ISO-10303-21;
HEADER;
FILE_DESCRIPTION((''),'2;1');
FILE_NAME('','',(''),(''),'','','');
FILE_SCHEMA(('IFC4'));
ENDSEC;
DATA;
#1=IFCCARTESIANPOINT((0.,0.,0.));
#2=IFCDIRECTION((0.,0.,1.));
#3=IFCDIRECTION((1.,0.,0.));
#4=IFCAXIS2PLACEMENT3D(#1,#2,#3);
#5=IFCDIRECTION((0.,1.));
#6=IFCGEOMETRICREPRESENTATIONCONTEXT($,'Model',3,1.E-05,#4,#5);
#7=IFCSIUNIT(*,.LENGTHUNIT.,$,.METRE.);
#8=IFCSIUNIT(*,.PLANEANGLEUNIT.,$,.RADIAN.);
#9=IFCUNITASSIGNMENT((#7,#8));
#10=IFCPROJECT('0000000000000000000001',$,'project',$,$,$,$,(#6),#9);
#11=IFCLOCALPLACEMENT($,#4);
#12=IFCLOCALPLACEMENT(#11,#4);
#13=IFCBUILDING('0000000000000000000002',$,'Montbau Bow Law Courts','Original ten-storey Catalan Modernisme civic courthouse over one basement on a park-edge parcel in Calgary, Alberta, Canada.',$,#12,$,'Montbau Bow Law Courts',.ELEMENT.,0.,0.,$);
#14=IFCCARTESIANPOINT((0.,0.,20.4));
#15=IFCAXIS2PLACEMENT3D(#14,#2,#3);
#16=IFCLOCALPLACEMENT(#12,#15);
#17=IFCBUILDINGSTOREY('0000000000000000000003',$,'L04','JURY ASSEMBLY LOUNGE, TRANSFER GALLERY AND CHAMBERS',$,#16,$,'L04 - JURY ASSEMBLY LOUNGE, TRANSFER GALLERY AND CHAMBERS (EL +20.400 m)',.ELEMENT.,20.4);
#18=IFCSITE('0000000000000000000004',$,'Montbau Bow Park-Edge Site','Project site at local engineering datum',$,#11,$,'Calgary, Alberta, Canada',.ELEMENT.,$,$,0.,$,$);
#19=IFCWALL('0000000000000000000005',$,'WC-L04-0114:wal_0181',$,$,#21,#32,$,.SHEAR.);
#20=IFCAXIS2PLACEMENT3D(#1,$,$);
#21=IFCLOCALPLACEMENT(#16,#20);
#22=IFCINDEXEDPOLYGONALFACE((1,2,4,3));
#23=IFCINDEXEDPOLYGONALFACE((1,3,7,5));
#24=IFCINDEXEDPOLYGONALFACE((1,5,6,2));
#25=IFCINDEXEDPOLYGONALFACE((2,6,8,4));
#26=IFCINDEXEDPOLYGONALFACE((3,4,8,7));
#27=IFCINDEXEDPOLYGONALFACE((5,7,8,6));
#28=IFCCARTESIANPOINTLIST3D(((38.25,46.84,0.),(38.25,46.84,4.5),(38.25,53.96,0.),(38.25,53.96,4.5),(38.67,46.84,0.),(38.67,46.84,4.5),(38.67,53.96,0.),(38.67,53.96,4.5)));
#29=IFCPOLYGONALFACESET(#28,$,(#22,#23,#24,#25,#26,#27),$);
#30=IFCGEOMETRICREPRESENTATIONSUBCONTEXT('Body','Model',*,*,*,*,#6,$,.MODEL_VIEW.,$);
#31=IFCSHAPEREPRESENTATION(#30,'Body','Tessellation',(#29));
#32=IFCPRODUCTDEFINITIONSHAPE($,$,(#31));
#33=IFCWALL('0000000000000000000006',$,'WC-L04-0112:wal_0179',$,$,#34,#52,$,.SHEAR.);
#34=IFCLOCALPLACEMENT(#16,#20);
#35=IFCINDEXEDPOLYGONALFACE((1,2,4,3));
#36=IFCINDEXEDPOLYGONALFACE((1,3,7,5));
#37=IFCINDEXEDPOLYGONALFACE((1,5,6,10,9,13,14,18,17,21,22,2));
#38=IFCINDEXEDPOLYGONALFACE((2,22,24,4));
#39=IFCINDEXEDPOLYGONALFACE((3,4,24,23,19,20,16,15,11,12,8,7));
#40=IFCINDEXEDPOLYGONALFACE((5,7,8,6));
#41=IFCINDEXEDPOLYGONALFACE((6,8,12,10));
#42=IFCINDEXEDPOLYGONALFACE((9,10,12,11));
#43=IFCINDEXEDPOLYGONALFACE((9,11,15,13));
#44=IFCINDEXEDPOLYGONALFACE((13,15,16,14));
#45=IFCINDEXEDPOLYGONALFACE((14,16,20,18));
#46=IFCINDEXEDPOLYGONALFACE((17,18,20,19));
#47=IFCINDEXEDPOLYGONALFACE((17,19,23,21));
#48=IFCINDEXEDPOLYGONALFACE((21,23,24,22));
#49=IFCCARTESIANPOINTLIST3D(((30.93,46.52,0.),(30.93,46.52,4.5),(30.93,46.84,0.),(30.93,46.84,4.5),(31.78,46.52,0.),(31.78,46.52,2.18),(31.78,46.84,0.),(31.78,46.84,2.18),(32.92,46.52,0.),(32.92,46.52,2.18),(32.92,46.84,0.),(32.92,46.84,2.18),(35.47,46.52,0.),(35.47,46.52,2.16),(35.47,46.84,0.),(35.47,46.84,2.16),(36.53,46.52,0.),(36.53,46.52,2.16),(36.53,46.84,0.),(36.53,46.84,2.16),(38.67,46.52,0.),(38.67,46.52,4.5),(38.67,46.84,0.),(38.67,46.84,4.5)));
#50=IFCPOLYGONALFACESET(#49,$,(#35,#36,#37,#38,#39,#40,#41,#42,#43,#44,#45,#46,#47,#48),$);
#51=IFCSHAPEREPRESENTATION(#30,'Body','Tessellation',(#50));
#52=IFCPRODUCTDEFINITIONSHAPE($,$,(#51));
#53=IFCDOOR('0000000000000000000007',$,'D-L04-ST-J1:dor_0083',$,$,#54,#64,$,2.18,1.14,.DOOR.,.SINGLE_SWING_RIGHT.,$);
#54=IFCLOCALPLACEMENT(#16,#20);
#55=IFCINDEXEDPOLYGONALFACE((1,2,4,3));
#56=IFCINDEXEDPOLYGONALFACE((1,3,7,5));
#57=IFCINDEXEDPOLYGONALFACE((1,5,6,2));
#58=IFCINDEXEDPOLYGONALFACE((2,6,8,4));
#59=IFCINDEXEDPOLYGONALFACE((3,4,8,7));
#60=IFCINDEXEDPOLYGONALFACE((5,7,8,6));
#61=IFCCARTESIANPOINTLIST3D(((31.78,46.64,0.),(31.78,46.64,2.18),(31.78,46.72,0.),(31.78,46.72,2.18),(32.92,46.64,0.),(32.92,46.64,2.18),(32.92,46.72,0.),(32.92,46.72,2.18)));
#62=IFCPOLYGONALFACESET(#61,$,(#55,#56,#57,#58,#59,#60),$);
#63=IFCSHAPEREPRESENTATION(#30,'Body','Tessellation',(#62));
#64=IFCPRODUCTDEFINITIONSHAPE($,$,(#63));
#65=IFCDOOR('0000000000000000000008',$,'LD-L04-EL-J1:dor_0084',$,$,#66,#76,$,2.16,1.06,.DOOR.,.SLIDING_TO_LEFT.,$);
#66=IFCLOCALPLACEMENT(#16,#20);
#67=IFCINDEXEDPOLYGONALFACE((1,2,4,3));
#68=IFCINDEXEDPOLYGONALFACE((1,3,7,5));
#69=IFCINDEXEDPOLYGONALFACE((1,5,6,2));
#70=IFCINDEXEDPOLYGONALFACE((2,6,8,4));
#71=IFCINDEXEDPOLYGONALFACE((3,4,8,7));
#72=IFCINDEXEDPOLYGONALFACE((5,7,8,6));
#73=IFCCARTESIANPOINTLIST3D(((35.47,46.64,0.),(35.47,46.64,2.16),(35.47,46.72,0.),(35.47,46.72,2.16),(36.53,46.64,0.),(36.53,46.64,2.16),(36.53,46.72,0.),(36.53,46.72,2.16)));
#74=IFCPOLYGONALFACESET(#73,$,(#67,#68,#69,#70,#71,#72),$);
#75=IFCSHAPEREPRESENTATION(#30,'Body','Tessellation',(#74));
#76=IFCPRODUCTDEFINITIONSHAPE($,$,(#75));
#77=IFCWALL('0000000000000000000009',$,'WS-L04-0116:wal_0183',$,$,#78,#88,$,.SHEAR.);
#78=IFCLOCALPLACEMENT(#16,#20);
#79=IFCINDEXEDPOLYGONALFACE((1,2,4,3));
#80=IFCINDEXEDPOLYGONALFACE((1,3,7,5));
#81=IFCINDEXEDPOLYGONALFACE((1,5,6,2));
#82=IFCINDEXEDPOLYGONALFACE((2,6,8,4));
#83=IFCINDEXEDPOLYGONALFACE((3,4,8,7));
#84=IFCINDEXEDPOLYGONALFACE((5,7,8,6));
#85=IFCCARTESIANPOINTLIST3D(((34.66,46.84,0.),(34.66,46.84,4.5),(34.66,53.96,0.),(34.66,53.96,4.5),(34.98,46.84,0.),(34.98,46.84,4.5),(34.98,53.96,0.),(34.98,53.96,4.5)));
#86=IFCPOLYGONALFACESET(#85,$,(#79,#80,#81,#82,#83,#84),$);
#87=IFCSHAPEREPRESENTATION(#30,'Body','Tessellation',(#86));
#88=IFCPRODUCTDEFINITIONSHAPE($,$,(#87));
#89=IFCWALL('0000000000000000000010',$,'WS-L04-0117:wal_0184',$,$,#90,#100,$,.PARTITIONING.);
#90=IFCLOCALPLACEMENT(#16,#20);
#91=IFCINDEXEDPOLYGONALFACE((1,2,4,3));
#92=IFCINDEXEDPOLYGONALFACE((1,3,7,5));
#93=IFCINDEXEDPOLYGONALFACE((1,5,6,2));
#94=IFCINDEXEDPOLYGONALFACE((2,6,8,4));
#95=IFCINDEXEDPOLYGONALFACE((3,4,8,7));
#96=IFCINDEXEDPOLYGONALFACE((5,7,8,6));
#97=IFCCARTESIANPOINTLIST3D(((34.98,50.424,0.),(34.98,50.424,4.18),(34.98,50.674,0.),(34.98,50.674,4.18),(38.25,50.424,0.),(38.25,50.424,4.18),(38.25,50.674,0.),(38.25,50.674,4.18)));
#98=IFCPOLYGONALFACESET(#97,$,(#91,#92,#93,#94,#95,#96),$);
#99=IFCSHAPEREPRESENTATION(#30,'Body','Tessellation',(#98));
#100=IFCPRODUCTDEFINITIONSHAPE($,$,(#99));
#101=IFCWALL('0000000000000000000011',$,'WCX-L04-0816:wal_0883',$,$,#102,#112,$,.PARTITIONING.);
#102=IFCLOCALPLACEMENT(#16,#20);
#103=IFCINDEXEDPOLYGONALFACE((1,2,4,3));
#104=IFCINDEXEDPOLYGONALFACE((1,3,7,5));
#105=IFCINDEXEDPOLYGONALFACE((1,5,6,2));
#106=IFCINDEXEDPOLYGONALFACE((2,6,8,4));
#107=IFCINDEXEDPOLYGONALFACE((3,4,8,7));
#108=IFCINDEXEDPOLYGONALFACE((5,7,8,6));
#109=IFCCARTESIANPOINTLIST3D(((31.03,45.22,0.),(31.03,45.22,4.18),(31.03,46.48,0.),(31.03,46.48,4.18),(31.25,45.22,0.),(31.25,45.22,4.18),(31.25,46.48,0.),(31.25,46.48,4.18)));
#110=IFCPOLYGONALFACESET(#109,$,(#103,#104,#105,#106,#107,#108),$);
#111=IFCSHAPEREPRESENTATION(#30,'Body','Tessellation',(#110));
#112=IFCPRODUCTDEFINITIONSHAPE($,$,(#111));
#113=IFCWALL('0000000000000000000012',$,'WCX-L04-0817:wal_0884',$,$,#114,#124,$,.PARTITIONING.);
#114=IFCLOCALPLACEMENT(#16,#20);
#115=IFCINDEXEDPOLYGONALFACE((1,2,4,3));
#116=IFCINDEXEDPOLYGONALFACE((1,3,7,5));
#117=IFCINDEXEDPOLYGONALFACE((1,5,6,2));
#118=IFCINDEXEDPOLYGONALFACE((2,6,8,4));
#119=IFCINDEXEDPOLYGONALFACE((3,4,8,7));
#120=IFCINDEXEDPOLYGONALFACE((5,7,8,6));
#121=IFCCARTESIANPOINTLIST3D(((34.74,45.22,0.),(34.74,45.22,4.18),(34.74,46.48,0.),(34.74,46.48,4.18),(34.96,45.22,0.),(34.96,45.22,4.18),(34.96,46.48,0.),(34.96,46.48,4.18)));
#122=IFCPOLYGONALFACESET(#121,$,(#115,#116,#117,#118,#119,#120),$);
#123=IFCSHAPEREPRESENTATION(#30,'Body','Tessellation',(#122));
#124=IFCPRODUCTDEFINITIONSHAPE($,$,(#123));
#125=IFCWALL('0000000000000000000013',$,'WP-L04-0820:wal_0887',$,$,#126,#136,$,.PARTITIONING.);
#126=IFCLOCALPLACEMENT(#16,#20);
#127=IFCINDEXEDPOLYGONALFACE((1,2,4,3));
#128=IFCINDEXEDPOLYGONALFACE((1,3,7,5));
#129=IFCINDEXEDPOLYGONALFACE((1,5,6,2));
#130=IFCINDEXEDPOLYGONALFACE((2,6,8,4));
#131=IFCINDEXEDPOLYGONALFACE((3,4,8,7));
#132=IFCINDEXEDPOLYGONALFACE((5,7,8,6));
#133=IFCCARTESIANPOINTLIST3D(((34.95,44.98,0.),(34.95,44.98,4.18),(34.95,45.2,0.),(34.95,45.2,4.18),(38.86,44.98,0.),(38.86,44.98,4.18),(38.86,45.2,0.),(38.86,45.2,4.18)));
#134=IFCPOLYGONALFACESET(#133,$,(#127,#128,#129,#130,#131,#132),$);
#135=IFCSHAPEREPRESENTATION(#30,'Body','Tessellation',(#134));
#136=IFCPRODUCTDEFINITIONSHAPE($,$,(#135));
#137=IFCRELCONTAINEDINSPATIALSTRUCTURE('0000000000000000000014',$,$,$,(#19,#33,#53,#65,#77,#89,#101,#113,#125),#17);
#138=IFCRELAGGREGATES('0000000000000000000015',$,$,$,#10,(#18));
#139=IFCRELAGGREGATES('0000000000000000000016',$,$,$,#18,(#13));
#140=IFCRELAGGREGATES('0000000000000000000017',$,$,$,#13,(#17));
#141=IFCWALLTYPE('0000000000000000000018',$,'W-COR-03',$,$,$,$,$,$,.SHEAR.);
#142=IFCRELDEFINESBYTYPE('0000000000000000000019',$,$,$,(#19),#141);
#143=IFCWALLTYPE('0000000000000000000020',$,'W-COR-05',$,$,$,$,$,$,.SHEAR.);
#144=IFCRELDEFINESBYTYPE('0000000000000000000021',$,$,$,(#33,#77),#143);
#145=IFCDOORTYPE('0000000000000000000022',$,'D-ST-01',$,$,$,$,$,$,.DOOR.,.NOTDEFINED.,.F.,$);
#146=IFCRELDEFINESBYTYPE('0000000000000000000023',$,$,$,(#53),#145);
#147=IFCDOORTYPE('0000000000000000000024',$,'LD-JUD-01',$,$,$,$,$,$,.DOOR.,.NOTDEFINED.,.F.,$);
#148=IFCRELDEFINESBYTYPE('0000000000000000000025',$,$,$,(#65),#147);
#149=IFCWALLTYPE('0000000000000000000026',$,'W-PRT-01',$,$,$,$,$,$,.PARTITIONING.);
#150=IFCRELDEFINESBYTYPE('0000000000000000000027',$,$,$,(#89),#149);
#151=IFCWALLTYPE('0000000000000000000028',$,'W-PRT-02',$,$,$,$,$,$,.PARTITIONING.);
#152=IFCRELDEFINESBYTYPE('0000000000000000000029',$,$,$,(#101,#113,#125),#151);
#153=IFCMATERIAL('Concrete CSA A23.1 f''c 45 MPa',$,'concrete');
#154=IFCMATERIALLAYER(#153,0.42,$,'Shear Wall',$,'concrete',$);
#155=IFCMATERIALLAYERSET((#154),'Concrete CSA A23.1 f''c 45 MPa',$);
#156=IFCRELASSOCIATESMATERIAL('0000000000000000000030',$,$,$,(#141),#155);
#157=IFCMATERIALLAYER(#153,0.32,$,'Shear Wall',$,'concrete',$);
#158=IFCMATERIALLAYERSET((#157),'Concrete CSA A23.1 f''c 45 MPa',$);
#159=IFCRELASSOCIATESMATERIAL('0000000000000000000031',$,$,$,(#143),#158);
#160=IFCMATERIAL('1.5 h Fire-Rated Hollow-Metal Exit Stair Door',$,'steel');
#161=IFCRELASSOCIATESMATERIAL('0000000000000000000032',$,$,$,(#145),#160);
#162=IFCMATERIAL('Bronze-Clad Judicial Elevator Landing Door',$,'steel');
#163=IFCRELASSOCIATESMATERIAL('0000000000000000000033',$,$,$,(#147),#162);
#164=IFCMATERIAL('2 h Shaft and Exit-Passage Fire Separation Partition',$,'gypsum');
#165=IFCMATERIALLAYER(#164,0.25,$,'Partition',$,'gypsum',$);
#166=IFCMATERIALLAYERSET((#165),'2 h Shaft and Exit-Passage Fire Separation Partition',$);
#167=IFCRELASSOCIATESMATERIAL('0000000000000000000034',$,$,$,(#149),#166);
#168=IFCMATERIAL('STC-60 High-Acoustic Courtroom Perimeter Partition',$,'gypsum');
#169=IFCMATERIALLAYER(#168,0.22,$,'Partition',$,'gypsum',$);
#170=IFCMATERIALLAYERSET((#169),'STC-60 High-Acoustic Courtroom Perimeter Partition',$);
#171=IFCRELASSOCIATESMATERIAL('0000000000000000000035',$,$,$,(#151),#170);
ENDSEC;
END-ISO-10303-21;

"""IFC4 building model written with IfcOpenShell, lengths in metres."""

from ifc_helpers import new_model, si_unit, direction, frame, frame_2d, origin_with_axes, place, context, subcontext, project, spatial, rectangle, extrude, material, layer, layer_set, type_object, element, fill, save


model = new_model("IFC4")

# Units and contexts
model_context = context("Model", 3, precision=1e-05, world=origin_with_axes(), true_north=direction((0.0, 1.0)))
body_context = subcontext(model_context, "Body", "Model", "MODEL_VIEW")
ifc_project = project(units=[si_unit("LENGTHUNIT", "METRE"), si_unit("PLANEANGLEUNIT", "RADIAN")], contexts=[model_context])

# Site, building, storey
site_placement = place(None, origin_with_axes())
site = spatial("IfcSite", under=ifc_project, at=site_placement, Name="Montbau Bow Park-Edge Site", Description="Project site at local engineering datum", LongName="Calgary, Alberta, Canada", CompositionType="ELEMENT", RefElevation=0.0)
building_placement = place(site_placement, origin_with_axes())
building = spatial("IfcBuilding", under=site, at=building_placement, Name="Montbau Bow Law Courts", Description="Original ten-storey Catalan Modernisme civic courthouse over one basement on a park-edge parcel in Calgary, Alberta, Canada.", LongName="Montbau Bow Law Courts", CompositionType="ELEMENT", ElevationOfRefHeight=0.0, ElevationOfTerrain=0.0)
storey_placement = place(building_placement, frame((0.0, 0.0, 20.4), z_axis=(0.0, 0.0, 1.0), x_axis=(1.0, 0.0, 0.0)))
storey = spatial("IfcBuildingStorey", under=building, at=storey_placement, Name="L04", Description="JURY ASSEMBLY LOUNGE, TRANSFER GALLERY AND CHAMBERS", LongName="L04 - JURY ASSEMBLY LOUNGE, TRANSFER GALLERY AND CHAMBERS (EL +20.400 m)", CompositionType="ELEMENT", Elevation=20.4)

# Wall
ifc_material_1 = material(Name="Concrete CSA A23.1 f'c 45 MPa", Category="concrete")
ifc_layer_1 = layer(ifc_material_1, 0.42, Name="Shear Wall", Category="concrete")
ifc_layer_set_1 = layer_set([ifc_layer_1], Name="Concrete CSA A23.1 f'c 45 MPa")
wall_type_1 = type_object("IfcWallType", Name="W-COR-03", PredefinedType="SHEAR", material=ifc_layer_set_1)
wall_1_placement = place(None, frame((38.46, 46.84, 20.4), z_axis=(0.0, 0.0, 1.0), x_axis=(0.0, 1.0, 0.0)))
element("IfcWall", 1, at=wall_1_placement, inside=storey, type_object=wall_type_1, Name="WC-L04-0114:wal_0181", PredefinedType="SHEAR", context=body_context, shape_type="SweptSolid", body=[
    extrude(rectangle(XDim=7.12, YDim=0.42, at=frame_2d((3.56, 0.0), x_axis=(1.0, 0.0))), origin_with_axes(), (0.0, 0.0, 1.0), 4.5),
])

# Wall, openings, doors
ifc_layer_2 = layer(ifc_material_1, 0.32, Name="Shear Wall", Category="concrete")
ifc_layer_set_2 = layer_set([ifc_layer_2], Name="Concrete CSA A23.1 f'c 45 MPa")
wall_type_2 = type_object("IfcWallType", Name="W-COR-05", PredefinedType="SHEAR", material=ifc_layer_set_2)
wall_2_placement = place(None, frame((30.93, 46.68, 20.4), z_axis=(0.0, 0.0, 1.0), x_axis=(1.0, 0.0, 0.0)))
wall_2 = element("IfcWall", 2, at=wall_2_placement, inside=storey, type_object=wall_type_2, Name="WC-L04-0112:wal_0179", PredefinedType="SHEAR", context=body_context, shape_type="SweptSolid", body=[
    extrude(rectangle(XDim=7.74, YDim=0.32, at=frame_2d((3.87, 0.0), x_axis=(1.0, 0.0))), origin_with_axes(), (0.0, 0.0, 1.0), 4.5),
])
opening_1_placement = place(None, frame((32.35, 46.68, 20.4), z_axis=(0.0, 0.0, 1.0), x_axis=(1.0, 0.0, 0.0)))
opening_1 = element("IfcOpeningElement", 3, at=opening_1_placement, cuts=wall_2, PredefinedType="OPENING", context=body_context, shape_type="SweptSolid", body=[
    extrude(rectangle(XDim=1.14, YDim=2.18, at=frame_2d((0.0, 1.09), x_axis=(1.0, 0.0))), frame((0.0, 0.17, 0.0), z_axis=(0.0, -1.0, 0.0), x_axis=(1.0, 0.0, 0.0)), (0.0, 0.0, 1.0), 0.34),
])
opening_2_placement = place(None, frame((36.0, 46.68, 20.4), z_axis=(0.0, 0.0, 1.0), x_axis=(1.0, 0.0, 0.0)))
opening_2 = element("IfcOpeningElement", 4, at=opening_2_placement, cuts=wall_2, PredefinedType="OPENING", context=body_context, shape_type="SweptSolid", body=[
    extrude(rectangle(XDim=1.06, YDim=2.16, at=frame_2d((0.0, 1.08), x_axis=(1.0, 0.0))), frame((0.0, 0.17, 0.0), z_axis=(0.0, -1.0, 0.0), x_axis=(1.0, 0.0, 0.0)), (0.0, 0.0, 1.0), 0.34),
])
ifc_material_2 = material(Name="1.5 h Fire-Rated Hollow-Metal Exit Stair Door", Category="steel")
door_type_1 = type_object("IfcDoorType", Name="D-ST-01", OperationType="NOTDEFINED", ParameterTakesPrecedence=False, PredefinedType="DOOR", material=ifc_material_2)
door_1_placement = place(None, frame((32.35, 46.68, 20.4), z_axis=(0.0, 0.0, 1.0), x_axis=(-1.0, 0.0, 0.0)))
door_1 = element("IfcDoor", 5, at=door_1_placement, inside=storey, type_object=door_type_1, Name="D-L04-ST-J1:dor_0083", OperationType="SINGLE_SWING_RIGHT", OverallHeight=2.18, OverallWidth=1.14, PredefinedType="DOOR", context=body_context, shape_type="SweptSolid", body=[
    extrude(rectangle(XDim=1.14, YDim=2.18, at=frame_2d((0.0, 1.09), x_axis=(1.0, 0.0))), frame((0.0, 0.04, 0.0), z_axis=(0.0, -1.0, 0.0), x_axis=(1.0, 0.0, 0.0)), (0.0, 0.0, 1.0), 0.08),
])
fill(opening_1, door_1)
ifc_material_3 = material(Name="Bronze-Clad Judicial Elevator Landing Door", Category="steel")
door_type_2 = type_object("IfcDoorType", Name="LD-JUD-01", OperationType="NOTDEFINED", ParameterTakesPrecedence=False, PredefinedType="DOOR", material=ifc_material_3)
door_2_placement = place(None, frame((36.0, 46.68, 20.4), z_axis=(0.0, 0.0, 1.0), x_axis=(-1.0, 0.0, 0.0)))
door_2 = element("IfcDoor", 6, at=door_2_placement, inside=storey, type_object=door_type_2, Name="LD-L04-EL-J1:dor_0084", OperationType="SLIDING_TO_LEFT", OverallHeight=2.16, OverallWidth=1.06, PredefinedType="DOOR", context=body_context, shape_type="SweptSolid", body=[
    extrude(rectangle(XDim=1.06, YDim=2.16, at=frame_2d((0.0, 1.08), x_axis=(1.0, 0.0))), frame((0.0, 0.04, 0.0), z_axis=(0.0, -1.0, 0.0), x_axis=(1.0, 0.0, 0.0)), (0.0, 0.0, 1.0), 0.08),
])
fill(opening_2, door_2)

# Walls
wall_3_placement = place(None, frame((34.82, 46.84, 20.4), z_axis=(0.0, 0.0, 1.0), x_axis=(0.0, 1.0, 0.0)))
element("IfcWall", 7, at=wall_3_placement, inside=storey, type_object=wall_type_2, Name="WS-L04-0116:wal_0183", PredefinedType="SHEAR", context=body_context, shape_type="SweptSolid", body=[
    extrude(rectangle(XDim=7.12, YDim=0.32, at=frame_2d((3.56, 0.0), x_axis=(1.0, 0.0))), origin_with_axes(), (0.0, 0.0, 1.0), 4.5),
])
ifc_material_4 = material(Name="2 h Shaft and Exit-Passage Fire Separation Partition", Category="gypsum")
ifc_layer_3 = layer(ifc_material_4, 0.25, Name="Partition", Category="gypsum")
ifc_layer_set_3 = layer_set([ifc_layer_3], Name="2 h Shaft and Exit-Passage Fire Separation Partition")
wall_type_3 = type_object("IfcWallType", Name="W-PRT-01", PredefinedType="PARTITIONING", material=ifc_layer_set_3)
wall_4_placement = place(None, frame((34.98, 50.549, 20.4), z_axis=(0.0, 0.0, 1.0), x_axis=(1.0, 0.0, 0.0)))
element("IfcWall", 8, at=wall_4_placement, inside=storey, type_object=wall_type_3, Name="WS-L04-0117:wal_0184", PredefinedType="PARTITIONING", context=body_context, shape_type="SweptSolid", body=[
    extrude(rectangle(XDim=3.27, YDim=0.25, at=frame_2d((1.635, 0.0), x_axis=(1.0, 0.0))), origin_with_axes(), (0.0, 0.0, 1.0), 4.18),
])
ifc_material_5 = material(Name="STC-60 High-Acoustic Courtroom Perimeter Partition", Category="gypsum")
ifc_layer_4 = layer(ifc_material_5, 0.22, Name="Partition", Category="gypsum")
ifc_layer_set_4 = layer_set([ifc_layer_4], Name="STC-60 High-Acoustic Courtroom Perimeter Partition")
wall_type_4 = type_object("IfcWallType", Name="W-PRT-02", PredefinedType="PARTITIONING", material=ifc_layer_set_4)
for number, where, z_axis, x_axis, name in (
    (9, (31.14, 45.22, 20.4), (0.0, 0.0, 1.0), (0.0, 1.0, 0.0), "WCX-L04-0816:wal_0883"),
    (10, (34.85, 45.22, 20.4), (0.0, 0.0, 1.0), (0.0, 1.0, 0.0), "WCX-L04-0817:wal_0884"),
):
    element("IfcWall", number, at=place(None, frame(where, z_axis=z_axis, x_axis=x_axis)), inside=storey, type_object=wall_type_4, Name=name, PredefinedType="PARTITIONING", context=body_context, shape_type="SweptSolid", body=[
        extrude(rectangle(XDim=1.26, YDim=0.22, at=frame_2d((0.63, 0.0), x_axis=(1.0, 0.0))), origin_with_axes(), (0.0, 0.0, 1.0), 4.18),
    ])
wall_5_placement = place(None, frame((34.95, 45.09, 20.4), z_axis=(0.0, 0.0, 1.0), x_axis=(1.0, 0.0, 0.0)))
element("IfcWall", 11, at=wall_5_placement, inside=storey, type_object=wall_type_4, Name="WP-L04-0820:wal_0887", PredefinedType="PARTITIONING", context=body_context, shape_type="SweptSolid", body=[
    extrude(rectangle(XDim=3.91, YDim=0.22, at=frame_2d((1.955, 0.0), x_axis=(1.0, 0.0))), origin_with_axes(), (0.0, 0.0, 1.0), 4.18),
])

save(model, "model.ifc")
